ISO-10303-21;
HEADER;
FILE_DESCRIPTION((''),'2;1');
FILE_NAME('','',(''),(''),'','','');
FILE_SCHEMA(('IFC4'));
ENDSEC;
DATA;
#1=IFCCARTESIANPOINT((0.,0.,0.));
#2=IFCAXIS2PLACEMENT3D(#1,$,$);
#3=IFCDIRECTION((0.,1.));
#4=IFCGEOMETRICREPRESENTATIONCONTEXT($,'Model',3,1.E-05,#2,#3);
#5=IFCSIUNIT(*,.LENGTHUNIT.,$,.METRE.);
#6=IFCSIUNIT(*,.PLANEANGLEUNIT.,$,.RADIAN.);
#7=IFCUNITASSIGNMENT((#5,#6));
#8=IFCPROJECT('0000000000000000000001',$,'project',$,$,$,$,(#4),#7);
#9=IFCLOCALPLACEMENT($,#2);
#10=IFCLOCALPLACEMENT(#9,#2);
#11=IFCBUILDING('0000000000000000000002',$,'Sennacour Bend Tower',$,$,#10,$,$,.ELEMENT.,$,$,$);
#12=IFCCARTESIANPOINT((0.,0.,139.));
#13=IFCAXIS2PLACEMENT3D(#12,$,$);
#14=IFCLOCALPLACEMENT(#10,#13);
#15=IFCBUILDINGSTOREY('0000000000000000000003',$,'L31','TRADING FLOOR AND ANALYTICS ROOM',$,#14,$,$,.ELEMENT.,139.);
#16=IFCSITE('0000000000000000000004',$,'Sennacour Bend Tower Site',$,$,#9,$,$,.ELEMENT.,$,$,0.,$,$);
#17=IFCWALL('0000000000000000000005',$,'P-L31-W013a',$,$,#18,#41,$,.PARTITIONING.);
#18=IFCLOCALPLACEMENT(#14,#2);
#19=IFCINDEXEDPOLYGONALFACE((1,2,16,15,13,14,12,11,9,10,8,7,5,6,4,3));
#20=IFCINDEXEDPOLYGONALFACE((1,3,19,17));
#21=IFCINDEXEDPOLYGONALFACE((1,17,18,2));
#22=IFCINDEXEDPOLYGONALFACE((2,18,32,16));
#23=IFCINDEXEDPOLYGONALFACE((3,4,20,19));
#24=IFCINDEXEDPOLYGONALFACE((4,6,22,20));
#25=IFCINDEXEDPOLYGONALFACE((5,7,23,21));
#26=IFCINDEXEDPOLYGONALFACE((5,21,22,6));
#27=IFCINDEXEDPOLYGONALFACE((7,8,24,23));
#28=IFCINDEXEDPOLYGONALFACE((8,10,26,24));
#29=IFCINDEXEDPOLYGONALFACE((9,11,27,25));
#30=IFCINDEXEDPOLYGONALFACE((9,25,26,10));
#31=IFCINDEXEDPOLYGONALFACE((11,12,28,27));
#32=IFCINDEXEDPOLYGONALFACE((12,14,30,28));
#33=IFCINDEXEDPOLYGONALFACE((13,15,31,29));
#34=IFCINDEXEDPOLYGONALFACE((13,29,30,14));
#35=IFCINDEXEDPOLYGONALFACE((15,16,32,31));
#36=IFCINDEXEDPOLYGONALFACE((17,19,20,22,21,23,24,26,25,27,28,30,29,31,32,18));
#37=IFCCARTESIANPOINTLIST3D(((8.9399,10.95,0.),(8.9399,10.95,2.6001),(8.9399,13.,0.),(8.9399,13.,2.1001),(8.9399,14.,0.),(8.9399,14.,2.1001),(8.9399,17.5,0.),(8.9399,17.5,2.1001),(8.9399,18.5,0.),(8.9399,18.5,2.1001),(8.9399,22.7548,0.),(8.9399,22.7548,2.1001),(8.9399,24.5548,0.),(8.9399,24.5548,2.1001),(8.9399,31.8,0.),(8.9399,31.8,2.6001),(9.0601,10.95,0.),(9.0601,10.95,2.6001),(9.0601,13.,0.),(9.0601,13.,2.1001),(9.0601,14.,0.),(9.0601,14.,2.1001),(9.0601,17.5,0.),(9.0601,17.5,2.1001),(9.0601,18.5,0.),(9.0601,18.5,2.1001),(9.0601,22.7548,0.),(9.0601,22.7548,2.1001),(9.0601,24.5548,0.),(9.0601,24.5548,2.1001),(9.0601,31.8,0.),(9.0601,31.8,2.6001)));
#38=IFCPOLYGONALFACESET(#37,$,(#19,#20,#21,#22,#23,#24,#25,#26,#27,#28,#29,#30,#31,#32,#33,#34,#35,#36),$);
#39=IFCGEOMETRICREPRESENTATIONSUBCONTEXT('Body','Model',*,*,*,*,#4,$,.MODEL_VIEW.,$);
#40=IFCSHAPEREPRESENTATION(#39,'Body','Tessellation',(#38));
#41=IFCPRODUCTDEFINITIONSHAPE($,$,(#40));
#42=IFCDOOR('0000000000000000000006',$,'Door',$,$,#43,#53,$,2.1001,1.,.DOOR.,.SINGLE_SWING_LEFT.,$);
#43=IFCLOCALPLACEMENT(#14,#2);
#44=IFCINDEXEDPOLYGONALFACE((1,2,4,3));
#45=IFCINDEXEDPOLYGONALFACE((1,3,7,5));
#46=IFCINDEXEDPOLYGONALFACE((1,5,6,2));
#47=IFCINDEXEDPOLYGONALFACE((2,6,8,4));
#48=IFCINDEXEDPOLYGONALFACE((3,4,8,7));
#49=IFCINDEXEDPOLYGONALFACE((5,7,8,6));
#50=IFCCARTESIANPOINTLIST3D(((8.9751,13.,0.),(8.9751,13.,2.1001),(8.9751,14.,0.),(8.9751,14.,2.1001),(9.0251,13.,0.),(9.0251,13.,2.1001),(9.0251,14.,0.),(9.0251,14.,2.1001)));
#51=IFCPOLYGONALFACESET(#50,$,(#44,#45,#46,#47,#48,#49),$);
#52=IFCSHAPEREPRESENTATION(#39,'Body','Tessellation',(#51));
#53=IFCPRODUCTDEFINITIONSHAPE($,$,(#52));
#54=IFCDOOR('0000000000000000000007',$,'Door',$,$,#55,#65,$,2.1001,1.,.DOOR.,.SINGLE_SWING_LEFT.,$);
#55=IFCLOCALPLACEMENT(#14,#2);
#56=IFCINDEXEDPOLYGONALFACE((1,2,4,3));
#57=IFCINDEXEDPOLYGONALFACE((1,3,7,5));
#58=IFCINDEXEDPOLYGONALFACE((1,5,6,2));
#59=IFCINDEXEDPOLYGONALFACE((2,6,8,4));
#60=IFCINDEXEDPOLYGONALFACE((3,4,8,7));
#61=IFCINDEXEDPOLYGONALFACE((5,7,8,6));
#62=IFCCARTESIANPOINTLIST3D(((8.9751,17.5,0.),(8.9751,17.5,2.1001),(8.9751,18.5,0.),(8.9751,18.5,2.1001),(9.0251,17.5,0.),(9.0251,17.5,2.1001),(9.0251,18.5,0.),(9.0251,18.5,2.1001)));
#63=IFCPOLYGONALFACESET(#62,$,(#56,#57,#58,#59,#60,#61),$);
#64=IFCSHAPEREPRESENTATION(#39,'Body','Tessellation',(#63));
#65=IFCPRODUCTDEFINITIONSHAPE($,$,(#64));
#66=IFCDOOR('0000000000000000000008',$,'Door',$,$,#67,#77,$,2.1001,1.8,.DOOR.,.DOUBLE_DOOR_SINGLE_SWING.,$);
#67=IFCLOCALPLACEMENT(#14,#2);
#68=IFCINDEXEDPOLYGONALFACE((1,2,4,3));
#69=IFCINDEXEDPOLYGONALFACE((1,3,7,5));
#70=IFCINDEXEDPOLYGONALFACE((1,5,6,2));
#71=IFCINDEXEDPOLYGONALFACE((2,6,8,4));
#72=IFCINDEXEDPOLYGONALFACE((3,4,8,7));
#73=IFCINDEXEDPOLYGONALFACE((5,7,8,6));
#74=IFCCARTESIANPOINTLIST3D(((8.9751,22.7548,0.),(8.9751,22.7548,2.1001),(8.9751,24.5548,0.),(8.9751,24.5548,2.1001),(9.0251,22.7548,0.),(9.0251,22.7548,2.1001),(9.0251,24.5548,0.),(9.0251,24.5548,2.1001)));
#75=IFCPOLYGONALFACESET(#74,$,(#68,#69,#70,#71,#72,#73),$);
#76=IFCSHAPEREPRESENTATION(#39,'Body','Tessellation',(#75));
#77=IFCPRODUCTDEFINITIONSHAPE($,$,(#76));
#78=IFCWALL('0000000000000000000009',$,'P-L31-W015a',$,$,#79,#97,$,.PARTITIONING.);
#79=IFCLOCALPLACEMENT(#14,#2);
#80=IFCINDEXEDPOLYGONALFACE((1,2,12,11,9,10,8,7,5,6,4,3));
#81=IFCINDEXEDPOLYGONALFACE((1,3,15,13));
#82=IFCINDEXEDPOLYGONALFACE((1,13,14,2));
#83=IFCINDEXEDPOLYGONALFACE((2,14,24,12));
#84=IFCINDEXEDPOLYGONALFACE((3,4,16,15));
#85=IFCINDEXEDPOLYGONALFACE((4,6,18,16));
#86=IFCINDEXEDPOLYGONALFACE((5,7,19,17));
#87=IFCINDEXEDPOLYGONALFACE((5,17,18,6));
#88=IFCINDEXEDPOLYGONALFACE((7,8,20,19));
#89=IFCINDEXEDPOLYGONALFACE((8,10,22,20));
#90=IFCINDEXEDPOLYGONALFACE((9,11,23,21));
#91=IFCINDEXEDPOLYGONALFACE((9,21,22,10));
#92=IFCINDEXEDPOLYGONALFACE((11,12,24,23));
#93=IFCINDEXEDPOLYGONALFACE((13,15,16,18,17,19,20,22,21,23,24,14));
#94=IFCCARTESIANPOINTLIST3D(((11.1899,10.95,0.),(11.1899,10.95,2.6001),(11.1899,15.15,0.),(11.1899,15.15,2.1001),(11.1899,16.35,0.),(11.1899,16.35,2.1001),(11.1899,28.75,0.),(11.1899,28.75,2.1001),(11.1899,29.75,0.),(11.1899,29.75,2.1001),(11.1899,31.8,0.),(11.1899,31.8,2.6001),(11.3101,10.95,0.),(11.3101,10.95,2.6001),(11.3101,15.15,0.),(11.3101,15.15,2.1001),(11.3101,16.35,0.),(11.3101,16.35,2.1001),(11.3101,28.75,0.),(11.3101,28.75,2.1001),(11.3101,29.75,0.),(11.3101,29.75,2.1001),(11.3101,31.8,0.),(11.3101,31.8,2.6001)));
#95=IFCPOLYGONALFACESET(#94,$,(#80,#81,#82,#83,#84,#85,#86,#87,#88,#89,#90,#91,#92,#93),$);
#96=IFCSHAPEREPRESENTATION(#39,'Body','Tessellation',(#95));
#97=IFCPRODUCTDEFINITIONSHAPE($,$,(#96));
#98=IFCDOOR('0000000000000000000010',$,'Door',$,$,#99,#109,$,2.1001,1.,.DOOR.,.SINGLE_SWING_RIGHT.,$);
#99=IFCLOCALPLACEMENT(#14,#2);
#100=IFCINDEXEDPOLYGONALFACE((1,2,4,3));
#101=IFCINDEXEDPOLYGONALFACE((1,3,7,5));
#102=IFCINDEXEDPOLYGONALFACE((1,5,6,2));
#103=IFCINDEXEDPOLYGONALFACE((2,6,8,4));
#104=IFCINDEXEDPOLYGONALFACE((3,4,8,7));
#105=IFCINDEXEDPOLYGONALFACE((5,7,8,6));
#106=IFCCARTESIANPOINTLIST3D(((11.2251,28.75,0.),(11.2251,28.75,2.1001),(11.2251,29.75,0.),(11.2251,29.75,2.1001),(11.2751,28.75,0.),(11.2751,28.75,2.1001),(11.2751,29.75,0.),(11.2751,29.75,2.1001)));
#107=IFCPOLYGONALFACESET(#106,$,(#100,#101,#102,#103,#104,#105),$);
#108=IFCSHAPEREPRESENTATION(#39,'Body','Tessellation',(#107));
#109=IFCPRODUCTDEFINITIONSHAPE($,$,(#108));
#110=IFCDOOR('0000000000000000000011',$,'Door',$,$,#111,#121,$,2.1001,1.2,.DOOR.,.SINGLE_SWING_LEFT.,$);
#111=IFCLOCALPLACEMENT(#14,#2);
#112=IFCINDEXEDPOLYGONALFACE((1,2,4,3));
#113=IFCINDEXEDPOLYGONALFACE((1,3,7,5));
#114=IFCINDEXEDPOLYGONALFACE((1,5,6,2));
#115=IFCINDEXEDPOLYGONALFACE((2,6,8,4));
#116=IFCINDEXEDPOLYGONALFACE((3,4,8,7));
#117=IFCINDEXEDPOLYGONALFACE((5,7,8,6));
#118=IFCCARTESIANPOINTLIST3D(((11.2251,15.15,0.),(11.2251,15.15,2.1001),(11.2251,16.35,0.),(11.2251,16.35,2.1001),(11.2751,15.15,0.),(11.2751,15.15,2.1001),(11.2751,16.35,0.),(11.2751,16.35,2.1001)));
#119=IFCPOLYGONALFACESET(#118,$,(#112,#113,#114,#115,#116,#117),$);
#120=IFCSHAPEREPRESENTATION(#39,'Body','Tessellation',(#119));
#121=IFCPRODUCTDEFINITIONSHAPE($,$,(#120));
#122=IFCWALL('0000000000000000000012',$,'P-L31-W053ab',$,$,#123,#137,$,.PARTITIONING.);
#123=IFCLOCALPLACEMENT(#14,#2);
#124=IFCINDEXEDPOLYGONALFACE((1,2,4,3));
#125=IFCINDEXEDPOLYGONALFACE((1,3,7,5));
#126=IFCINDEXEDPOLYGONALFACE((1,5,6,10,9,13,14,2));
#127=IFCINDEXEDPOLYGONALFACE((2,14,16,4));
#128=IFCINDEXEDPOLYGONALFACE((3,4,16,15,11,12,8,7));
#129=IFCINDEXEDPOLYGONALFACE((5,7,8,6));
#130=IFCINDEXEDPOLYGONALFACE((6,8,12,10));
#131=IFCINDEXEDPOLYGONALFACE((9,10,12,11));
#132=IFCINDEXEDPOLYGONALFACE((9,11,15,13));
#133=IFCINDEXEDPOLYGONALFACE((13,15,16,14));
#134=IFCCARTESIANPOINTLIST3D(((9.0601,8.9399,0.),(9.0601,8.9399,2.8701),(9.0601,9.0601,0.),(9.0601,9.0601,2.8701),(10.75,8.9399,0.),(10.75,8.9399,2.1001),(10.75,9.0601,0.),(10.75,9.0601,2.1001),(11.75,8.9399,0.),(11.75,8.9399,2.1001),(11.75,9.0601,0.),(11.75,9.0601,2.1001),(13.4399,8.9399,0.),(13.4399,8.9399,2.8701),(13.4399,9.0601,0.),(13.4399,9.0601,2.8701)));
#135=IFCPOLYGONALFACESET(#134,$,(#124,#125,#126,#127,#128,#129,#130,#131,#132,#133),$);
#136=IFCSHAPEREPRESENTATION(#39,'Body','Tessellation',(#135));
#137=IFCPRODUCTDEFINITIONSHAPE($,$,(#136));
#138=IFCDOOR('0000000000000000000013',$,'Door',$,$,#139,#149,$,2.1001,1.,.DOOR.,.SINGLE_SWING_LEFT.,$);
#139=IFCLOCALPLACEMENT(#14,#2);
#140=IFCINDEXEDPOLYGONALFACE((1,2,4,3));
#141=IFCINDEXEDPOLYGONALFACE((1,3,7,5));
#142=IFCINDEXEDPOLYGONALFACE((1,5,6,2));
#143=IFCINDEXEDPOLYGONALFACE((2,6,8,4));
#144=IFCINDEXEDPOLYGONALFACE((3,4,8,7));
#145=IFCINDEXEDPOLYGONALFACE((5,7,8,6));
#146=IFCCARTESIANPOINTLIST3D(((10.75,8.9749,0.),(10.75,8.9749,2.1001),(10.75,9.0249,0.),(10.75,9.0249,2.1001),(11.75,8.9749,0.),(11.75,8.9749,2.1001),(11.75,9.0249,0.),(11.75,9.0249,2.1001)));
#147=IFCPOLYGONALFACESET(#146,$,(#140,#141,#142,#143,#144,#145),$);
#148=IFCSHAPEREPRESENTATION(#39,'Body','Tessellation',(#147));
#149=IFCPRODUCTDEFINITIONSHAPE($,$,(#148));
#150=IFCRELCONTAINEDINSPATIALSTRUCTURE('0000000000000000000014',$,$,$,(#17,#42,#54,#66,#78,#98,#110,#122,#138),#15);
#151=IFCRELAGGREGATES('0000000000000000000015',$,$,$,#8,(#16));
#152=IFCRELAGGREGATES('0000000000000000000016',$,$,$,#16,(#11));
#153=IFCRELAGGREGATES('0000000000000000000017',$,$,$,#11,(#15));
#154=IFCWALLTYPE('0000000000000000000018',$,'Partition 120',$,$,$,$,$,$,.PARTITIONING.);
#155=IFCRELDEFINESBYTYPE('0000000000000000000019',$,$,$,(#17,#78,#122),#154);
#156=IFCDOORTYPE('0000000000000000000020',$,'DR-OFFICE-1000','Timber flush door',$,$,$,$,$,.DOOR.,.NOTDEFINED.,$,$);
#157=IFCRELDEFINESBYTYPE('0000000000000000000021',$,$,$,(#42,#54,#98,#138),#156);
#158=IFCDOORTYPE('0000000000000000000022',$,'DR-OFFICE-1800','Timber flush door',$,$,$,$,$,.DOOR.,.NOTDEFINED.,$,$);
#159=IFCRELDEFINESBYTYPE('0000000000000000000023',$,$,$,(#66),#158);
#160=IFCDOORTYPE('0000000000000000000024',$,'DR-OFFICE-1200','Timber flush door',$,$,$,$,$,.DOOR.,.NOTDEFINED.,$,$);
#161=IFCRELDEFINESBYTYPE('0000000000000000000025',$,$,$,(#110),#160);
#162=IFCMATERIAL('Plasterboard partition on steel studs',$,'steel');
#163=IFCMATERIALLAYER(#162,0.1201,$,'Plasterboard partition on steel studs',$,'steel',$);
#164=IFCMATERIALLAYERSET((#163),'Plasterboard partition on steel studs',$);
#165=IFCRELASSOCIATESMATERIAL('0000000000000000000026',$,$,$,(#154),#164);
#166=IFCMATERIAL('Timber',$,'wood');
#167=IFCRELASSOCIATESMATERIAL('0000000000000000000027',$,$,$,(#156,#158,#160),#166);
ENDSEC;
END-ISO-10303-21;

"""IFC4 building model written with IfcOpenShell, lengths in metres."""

from ifc_helpers import new_model, si_unit, direction, frame, frame_2d, origin, place, context, subcontext, project, spatial, rectangle, extrude, material, layer, layer_set, type_object, element, fill, save


model = new_model("IFC4")

# Units and contexts
model_context = context("Model", 3, precision=1e-05, world=origin(), true_north=direction((0.0, 1.0)))
body_context = subcontext(model_context, "Body", "Model", "MODEL_VIEW")
ifc_project = project(units=[si_unit("LENGTHUNIT", "METRE"), si_unit("PLANEANGLEUNIT", "RADIAN")], contexts=[model_context])

# Site, building, storey
site_placement = place(None, origin())
site = spatial("IfcSite", under=ifc_project, at=site_placement, Name="Sennacour Bend Tower Site", CompositionType="ELEMENT", RefElevation=0.0)
building_placement = place(site_placement, origin())
building = spatial("IfcBuilding", under=site, at=building_placement, Name="Sennacour Bend Tower", CompositionType="ELEMENT")
storey_placement = place(building_placement, frame((0.0, 0.0, 139.0)))
storey = spatial("IfcBuildingStorey", under=building, at=storey_placement, Name="L31", Description="TRADING FLOOR AND ANALYTICS ROOM", CompositionType="ELEMENT", Elevation=139.0)

# Shared definitions
ifc_material_1 = material(Name="Plasterboard partition on steel studs", Category="steel")
ifc_layer_1 = layer(ifc_material_1, 0.1201, Name="Plasterboard partition on steel studs", Category="steel")
ifc_layer_set_1 = layer_set([ifc_layer_1], Name="Plasterboard partition on steel studs")
wall_type_1 = type_object("IfcWallType", Name="Partition 120", PredefinedType="PARTITIONING", material=ifc_layer_set_1)

# Walls, openings, doors
wall_1_placement = place(storey_placement, frame((9.0, 10.95, 0.0), z_axis=(0.0, 0.0, 1.0), x_axis=(0.0, 1.0, 0.0)))
wall_1 = element("IfcWall", 1, at=wall_1_placement, inside=storey, type_object=wall_type_1, Name="P-L31-W013a", PredefinedType="PARTITIONING", context=body_context, shape_type="SweptSolid", body=[
    extrude(rectangle(XDim=20.8501, YDim=0.1201, at=frame_2d((10.425, 0.0))), origin(), (0.0, 0.0, 1.0), 2.6001),
])
opening_1_placement = place(wall_1_placement, frame((2.05, 0.0, 0.0)))
opening_1 = element("IfcOpeningElement", 2, at=opening_1_placement, cuts=wall_1, PredefinedType="OPENING", context=body_context, shape_type="SweptSolid", body=[
    extrude(rectangle(XDim=1.0, YDim=2.1001, at=frame_2d((0.5, 1.05))), frame((0.0, 0.0701, 0.0), z_axis=(0.0, -1.0, 0.0), x_axis=(1.0, 0.0, 0.0)), (0.0, 0.0, 1.0), 0.1401),
])
opening_2_placement = place(wall_1_placement, frame((6.55, 0.0, 0.0)))
opening_2 = element("IfcOpeningElement", 3, at=opening_2_placement, cuts=wall_1, PredefinedType="OPENING", context=body_context, shape_type="SweptSolid", body=[
    extrude(rectangle(XDim=1.0, YDim=2.1001, at=frame_2d((0.5, 1.05))), frame((0.0, 0.0701, 0.0), z_axis=(0.0, -1.0, 0.0), x_axis=(1.0, 0.0, 0.0)), (0.0, 0.0, 1.0), 0.1401),
])
opening_3_placement = place(wall_1_placement, frame((11.8049, 0.0, 0.0)))
opening_3 = element("IfcOpeningElement", 4, at=opening_3_placement, cuts=wall_1, PredefinedType="OPENING", context=body_context, shape_type="SweptSolid", body=[
    extrude(rectangle(XDim=1.8, YDim=2.1001, at=frame_2d((0.8999, 1.05))), frame((0.0, 0.0701, 0.0), z_axis=(0.0, -1.0, 0.0), x_axis=(1.0, 0.0, 0.0)), (0.0, 0.0, 1.0), 0.1401),
])
ifc_material_2 = material(Name="Timber", Category="wood")
door_type_1 = type_object("IfcDoorType", Name="DR-OFFICE-1000", Description="Timber flush door", OperationType="NOTDEFINED", PredefinedType="DOOR", material=ifc_material_2)
door_1_placement = place(opening_1_placement, origin())
door_1 = element("IfcDoor", 5, at=door_1_placement, inside=storey, type_object=door_type_1, Name="Door", OperationType="SINGLE_SWING_LEFT", OverallHeight=2.1001, OverallWidth=1.0, PredefinedType="DOOR", context=body_context, shape_type="SweptSolid", body=[
    extrude(rectangle(XDim=1.0, YDim=2.1001, at=frame_2d((0.5, 1.05))), frame((0.0, 0.0249, 0.0), z_axis=(0.0, -1.0, 0.0), x_axis=(1.0, 0.0, 0.0)), (0.0, 0.0, 1.0), 0.05),
])
fill(opening_1, door_1)
door_2_placement = place(opening_2_placement, origin())
door_2 = element("IfcDoor", 6, at=door_2_placement, inside=storey, type_object=door_type_1, Name="Door", OperationType="SINGLE_SWING_LEFT", OverallHeight=2.1001, OverallWidth=1.0, PredefinedType="DOOR", context=body_context, shape_type="SweptSolid", body=[
    extrude(rectangle(XDim=1.0, YDim=2.1001, at=frame_2d((0.5, 1.05))), frame((0.0, 0.0249, 0.0), z_axis=(0.0, -1.0, 0.0), x_axis=(1.0, 0.0, 0.0)), (0.0, 0.0, 1.0), 0.05),
])
fill(opening_2, door_2)
door_type_2 = type_object("IfcDoorType", Name="DR-OFFICE-1800", Description="Timber flush door", OperationType="NOTDEFINED", PredefinedType="DOOR", material=ifc_material_2)
door_3_placement = place(opening_3_placement, origin())
door_3 = element("IfcDoor", 7, at=door_3_placement, inside=storey, type_object=door_type_2, Name="Door", OperationType="DOUBLE_DOOR_SINGLE_SWING", OverallHeight=2.1001, OverallWidth=1.8, PredefinedType="DOOR", context=body_context, shape_type="SweptSolid", body=[
    extrude(rectangle(XDim=1.8, YDim=2.1001, at=frame_2d((0.8999, 1.05))), frame((0.0, 0.0249, 0.0), z_axis=(0.0, -1.0, 0.0), x_axis=(1.0, 0.0, 0.0)), (0.0, 0.0, 1.0), 0.05),
])
fill(opening_3, door_3)
wall_2_placement = place(storey_placement, frame((11.25, 10.95, 0.0), z_axis=(0.0, 0.0, 1.0), x_axis=(0.0, 1.0, 0.0)))
wall_2 = element("IfcWall", 8, at=wall_2_placement, inside=storey, type_object=wall_type_1, Name="P-L31-W015a", PredefinedType="PARTITIONING", context=body_context, shape_type="SweptSolid", body=[
    extrude(rectangle(XDim=20.8501, YDim=0.1201, at=frame_2d((10.425, 0.0))), origin(), (0.0, 0.0, 1.0), 2.6001),
])
opening_4_placement = place(wall_2_placement, frame((17.8, 0.0, 0.0)))
opening_4 = element("IfcOpeningElement", 9, at=opening_4_placement, cuts=wall_2, PredefinedType="OPENING", context=body_context, shape_type="SweptSolid", body=[
    extrude(rectangle(XDim=1.0, YDim=2.1001, at=frame_2d((0.5, 1.05))), frame((0.0, 0.0701, 0.0), z_axis=(0.0, -1.0, 0.0), x_axis=(1.0, 0.0, 0.0)), (0.0, 0.0, 1.0), 0.1401),
])
opening_5_placement = place(wall_2_placement, frame((4.2, 0.0, 0.0)))
opening_5 = element("IfcOpeningElement", 10, at=opening_5_placement, cuts=wall_2, PredefinedType="OPENING", context=body_context, shape_type="SweptSolid", body=[
    extrude(rectangle(XDim=1.2, YDim=2.1001, at=frame_2d((0.6001, 1.05))), frame((0.0, 0.0701, 0.0), z_axis=(0.0, -1.0, 0.0), x_axis=(1.0, 0.0, 0.0)), (0.0, 0.0, 1.0), 0.1401),
])
door_4_placement = place(opening_4_placement, origin())
door_4 = element("IfcDoor", 11, at=door_4_placement, inside=storey, type_object=door_type_1, Name="Door", OperationType="SINGLE_SWING_RIGHT", OverallHeight=2.1001, OverallWidth=1.0, PredefinedType="DOOR", context=body_context, shape_type="SweptSolid", body=[
    extrude(rectangle(XDim=1.0, YDim=2.1001, at=frame_2d((0.5, 1.05))), frame((0.0, 0.0249, 0.0), z_axis=(0.0, -1.0, 0.0), x_axis=(1.0, 0.0, 0.0)), (0.0, 0.0, 1.0), 0.05),
])
fill(opening_4, door_4)
door_type_3 = type_object("IfcDoorType", Name="DR-OFFICE-1200", Description="Timber flush door", OperationType="NOTDEFINED", PredefinedType="DOOR", material=ifc_material_2)
door_5_placement = place(opening_5_placement, origin())
door_5 = element("IfcDoor", 12, at=door_5_placement, inside=storey, type_object=door_type_3, Name="Door", OperationType="SINGLE_SWING_LEFT", OverallHeight=2.1001, OverallWidth=1.2, PredefinedType="DOOR", context=body_context, shape_type="SweptSolid", body=[
    extrude(rectangle(XDim=1.2, YDim=2.1001, at=frame_2d((0.6001, 1.05))), frame((0.0, 0.0249, 0.0), z_axis=(0.0, -1.0, 0.0), x_axis=(1.0, 0.0, 0.0)), (0.0, 0.0, 1.0), 0.05),
])
fill(opening_5, door_5)

# Wall, opening, door
wall_3_placement = place(storey_placement, frame((9.0601, 9.0, 0.0), z_axis=(0.0, 0.0, 1.0), x_axis=(1.0, 0.0, 0.0)))
wall_3 = element("IfcWall", 13, at=wall_3_placement, inside=storey, type_object=wall_type_1, Name="P-L31-W053ab", PredefinedType="PARTITIONING", context=body_context, shape_type="SweptSolid", body=[
    extrude(rectangle(XDim=4.3799, YDim=0.1201, at=frame_2d((2.1899, 0.0))), origin(), (0.0, 0.0, 1.0), 2.8701),
])
opening_6_placement = place(wall_3_placement, frame((1.6899, 0.0, 0.0)))
opening_6 = element("IfcOpeningElement", 14, at=opening_6_placement, cuts=wall_3, PredefinedType="OPENING", context=body_context, shape_type="SweptSolid", body=[
    extrude(rectangle(XDim=1.0, YDim=2.1001, at=frame_2d((0.5, 1.05))), frame((0.0, 0.0701, 0.0), z_axis=(0.0, -1.0, 0.0), x_axis=(1.0, 0.0, 0.0)), (0.0, 0.0, 1.0), 0.1401),
])
door_6_placement = place(opening_6_placement, origin())
door_6 = element("IfcDoor", 15, at=door_6_placement, inside=storey, type_object=door_type_1, Name="Door", OperationType="SINGLE_SWING_LEFT", OverallHeight=2.1001, OverallWidth=1.0, PredefinedType="DOOR", context=body_context, shape_type="SweptSolid", body=[
    extrude(rectangle(XDim=1.0, YDim=2.1001, at=frame_2d((0.5, 1.05))), frame((0.0, 0.0249, 0.0), z_axis=(0.0, -1.0, 0.0), x_axis=(1.0, 0.0, 0.0)), (0.0, 0.0, 1.0), 0.05),
])
fill(opening_6, door_6)

save(model, "model.ifc")
